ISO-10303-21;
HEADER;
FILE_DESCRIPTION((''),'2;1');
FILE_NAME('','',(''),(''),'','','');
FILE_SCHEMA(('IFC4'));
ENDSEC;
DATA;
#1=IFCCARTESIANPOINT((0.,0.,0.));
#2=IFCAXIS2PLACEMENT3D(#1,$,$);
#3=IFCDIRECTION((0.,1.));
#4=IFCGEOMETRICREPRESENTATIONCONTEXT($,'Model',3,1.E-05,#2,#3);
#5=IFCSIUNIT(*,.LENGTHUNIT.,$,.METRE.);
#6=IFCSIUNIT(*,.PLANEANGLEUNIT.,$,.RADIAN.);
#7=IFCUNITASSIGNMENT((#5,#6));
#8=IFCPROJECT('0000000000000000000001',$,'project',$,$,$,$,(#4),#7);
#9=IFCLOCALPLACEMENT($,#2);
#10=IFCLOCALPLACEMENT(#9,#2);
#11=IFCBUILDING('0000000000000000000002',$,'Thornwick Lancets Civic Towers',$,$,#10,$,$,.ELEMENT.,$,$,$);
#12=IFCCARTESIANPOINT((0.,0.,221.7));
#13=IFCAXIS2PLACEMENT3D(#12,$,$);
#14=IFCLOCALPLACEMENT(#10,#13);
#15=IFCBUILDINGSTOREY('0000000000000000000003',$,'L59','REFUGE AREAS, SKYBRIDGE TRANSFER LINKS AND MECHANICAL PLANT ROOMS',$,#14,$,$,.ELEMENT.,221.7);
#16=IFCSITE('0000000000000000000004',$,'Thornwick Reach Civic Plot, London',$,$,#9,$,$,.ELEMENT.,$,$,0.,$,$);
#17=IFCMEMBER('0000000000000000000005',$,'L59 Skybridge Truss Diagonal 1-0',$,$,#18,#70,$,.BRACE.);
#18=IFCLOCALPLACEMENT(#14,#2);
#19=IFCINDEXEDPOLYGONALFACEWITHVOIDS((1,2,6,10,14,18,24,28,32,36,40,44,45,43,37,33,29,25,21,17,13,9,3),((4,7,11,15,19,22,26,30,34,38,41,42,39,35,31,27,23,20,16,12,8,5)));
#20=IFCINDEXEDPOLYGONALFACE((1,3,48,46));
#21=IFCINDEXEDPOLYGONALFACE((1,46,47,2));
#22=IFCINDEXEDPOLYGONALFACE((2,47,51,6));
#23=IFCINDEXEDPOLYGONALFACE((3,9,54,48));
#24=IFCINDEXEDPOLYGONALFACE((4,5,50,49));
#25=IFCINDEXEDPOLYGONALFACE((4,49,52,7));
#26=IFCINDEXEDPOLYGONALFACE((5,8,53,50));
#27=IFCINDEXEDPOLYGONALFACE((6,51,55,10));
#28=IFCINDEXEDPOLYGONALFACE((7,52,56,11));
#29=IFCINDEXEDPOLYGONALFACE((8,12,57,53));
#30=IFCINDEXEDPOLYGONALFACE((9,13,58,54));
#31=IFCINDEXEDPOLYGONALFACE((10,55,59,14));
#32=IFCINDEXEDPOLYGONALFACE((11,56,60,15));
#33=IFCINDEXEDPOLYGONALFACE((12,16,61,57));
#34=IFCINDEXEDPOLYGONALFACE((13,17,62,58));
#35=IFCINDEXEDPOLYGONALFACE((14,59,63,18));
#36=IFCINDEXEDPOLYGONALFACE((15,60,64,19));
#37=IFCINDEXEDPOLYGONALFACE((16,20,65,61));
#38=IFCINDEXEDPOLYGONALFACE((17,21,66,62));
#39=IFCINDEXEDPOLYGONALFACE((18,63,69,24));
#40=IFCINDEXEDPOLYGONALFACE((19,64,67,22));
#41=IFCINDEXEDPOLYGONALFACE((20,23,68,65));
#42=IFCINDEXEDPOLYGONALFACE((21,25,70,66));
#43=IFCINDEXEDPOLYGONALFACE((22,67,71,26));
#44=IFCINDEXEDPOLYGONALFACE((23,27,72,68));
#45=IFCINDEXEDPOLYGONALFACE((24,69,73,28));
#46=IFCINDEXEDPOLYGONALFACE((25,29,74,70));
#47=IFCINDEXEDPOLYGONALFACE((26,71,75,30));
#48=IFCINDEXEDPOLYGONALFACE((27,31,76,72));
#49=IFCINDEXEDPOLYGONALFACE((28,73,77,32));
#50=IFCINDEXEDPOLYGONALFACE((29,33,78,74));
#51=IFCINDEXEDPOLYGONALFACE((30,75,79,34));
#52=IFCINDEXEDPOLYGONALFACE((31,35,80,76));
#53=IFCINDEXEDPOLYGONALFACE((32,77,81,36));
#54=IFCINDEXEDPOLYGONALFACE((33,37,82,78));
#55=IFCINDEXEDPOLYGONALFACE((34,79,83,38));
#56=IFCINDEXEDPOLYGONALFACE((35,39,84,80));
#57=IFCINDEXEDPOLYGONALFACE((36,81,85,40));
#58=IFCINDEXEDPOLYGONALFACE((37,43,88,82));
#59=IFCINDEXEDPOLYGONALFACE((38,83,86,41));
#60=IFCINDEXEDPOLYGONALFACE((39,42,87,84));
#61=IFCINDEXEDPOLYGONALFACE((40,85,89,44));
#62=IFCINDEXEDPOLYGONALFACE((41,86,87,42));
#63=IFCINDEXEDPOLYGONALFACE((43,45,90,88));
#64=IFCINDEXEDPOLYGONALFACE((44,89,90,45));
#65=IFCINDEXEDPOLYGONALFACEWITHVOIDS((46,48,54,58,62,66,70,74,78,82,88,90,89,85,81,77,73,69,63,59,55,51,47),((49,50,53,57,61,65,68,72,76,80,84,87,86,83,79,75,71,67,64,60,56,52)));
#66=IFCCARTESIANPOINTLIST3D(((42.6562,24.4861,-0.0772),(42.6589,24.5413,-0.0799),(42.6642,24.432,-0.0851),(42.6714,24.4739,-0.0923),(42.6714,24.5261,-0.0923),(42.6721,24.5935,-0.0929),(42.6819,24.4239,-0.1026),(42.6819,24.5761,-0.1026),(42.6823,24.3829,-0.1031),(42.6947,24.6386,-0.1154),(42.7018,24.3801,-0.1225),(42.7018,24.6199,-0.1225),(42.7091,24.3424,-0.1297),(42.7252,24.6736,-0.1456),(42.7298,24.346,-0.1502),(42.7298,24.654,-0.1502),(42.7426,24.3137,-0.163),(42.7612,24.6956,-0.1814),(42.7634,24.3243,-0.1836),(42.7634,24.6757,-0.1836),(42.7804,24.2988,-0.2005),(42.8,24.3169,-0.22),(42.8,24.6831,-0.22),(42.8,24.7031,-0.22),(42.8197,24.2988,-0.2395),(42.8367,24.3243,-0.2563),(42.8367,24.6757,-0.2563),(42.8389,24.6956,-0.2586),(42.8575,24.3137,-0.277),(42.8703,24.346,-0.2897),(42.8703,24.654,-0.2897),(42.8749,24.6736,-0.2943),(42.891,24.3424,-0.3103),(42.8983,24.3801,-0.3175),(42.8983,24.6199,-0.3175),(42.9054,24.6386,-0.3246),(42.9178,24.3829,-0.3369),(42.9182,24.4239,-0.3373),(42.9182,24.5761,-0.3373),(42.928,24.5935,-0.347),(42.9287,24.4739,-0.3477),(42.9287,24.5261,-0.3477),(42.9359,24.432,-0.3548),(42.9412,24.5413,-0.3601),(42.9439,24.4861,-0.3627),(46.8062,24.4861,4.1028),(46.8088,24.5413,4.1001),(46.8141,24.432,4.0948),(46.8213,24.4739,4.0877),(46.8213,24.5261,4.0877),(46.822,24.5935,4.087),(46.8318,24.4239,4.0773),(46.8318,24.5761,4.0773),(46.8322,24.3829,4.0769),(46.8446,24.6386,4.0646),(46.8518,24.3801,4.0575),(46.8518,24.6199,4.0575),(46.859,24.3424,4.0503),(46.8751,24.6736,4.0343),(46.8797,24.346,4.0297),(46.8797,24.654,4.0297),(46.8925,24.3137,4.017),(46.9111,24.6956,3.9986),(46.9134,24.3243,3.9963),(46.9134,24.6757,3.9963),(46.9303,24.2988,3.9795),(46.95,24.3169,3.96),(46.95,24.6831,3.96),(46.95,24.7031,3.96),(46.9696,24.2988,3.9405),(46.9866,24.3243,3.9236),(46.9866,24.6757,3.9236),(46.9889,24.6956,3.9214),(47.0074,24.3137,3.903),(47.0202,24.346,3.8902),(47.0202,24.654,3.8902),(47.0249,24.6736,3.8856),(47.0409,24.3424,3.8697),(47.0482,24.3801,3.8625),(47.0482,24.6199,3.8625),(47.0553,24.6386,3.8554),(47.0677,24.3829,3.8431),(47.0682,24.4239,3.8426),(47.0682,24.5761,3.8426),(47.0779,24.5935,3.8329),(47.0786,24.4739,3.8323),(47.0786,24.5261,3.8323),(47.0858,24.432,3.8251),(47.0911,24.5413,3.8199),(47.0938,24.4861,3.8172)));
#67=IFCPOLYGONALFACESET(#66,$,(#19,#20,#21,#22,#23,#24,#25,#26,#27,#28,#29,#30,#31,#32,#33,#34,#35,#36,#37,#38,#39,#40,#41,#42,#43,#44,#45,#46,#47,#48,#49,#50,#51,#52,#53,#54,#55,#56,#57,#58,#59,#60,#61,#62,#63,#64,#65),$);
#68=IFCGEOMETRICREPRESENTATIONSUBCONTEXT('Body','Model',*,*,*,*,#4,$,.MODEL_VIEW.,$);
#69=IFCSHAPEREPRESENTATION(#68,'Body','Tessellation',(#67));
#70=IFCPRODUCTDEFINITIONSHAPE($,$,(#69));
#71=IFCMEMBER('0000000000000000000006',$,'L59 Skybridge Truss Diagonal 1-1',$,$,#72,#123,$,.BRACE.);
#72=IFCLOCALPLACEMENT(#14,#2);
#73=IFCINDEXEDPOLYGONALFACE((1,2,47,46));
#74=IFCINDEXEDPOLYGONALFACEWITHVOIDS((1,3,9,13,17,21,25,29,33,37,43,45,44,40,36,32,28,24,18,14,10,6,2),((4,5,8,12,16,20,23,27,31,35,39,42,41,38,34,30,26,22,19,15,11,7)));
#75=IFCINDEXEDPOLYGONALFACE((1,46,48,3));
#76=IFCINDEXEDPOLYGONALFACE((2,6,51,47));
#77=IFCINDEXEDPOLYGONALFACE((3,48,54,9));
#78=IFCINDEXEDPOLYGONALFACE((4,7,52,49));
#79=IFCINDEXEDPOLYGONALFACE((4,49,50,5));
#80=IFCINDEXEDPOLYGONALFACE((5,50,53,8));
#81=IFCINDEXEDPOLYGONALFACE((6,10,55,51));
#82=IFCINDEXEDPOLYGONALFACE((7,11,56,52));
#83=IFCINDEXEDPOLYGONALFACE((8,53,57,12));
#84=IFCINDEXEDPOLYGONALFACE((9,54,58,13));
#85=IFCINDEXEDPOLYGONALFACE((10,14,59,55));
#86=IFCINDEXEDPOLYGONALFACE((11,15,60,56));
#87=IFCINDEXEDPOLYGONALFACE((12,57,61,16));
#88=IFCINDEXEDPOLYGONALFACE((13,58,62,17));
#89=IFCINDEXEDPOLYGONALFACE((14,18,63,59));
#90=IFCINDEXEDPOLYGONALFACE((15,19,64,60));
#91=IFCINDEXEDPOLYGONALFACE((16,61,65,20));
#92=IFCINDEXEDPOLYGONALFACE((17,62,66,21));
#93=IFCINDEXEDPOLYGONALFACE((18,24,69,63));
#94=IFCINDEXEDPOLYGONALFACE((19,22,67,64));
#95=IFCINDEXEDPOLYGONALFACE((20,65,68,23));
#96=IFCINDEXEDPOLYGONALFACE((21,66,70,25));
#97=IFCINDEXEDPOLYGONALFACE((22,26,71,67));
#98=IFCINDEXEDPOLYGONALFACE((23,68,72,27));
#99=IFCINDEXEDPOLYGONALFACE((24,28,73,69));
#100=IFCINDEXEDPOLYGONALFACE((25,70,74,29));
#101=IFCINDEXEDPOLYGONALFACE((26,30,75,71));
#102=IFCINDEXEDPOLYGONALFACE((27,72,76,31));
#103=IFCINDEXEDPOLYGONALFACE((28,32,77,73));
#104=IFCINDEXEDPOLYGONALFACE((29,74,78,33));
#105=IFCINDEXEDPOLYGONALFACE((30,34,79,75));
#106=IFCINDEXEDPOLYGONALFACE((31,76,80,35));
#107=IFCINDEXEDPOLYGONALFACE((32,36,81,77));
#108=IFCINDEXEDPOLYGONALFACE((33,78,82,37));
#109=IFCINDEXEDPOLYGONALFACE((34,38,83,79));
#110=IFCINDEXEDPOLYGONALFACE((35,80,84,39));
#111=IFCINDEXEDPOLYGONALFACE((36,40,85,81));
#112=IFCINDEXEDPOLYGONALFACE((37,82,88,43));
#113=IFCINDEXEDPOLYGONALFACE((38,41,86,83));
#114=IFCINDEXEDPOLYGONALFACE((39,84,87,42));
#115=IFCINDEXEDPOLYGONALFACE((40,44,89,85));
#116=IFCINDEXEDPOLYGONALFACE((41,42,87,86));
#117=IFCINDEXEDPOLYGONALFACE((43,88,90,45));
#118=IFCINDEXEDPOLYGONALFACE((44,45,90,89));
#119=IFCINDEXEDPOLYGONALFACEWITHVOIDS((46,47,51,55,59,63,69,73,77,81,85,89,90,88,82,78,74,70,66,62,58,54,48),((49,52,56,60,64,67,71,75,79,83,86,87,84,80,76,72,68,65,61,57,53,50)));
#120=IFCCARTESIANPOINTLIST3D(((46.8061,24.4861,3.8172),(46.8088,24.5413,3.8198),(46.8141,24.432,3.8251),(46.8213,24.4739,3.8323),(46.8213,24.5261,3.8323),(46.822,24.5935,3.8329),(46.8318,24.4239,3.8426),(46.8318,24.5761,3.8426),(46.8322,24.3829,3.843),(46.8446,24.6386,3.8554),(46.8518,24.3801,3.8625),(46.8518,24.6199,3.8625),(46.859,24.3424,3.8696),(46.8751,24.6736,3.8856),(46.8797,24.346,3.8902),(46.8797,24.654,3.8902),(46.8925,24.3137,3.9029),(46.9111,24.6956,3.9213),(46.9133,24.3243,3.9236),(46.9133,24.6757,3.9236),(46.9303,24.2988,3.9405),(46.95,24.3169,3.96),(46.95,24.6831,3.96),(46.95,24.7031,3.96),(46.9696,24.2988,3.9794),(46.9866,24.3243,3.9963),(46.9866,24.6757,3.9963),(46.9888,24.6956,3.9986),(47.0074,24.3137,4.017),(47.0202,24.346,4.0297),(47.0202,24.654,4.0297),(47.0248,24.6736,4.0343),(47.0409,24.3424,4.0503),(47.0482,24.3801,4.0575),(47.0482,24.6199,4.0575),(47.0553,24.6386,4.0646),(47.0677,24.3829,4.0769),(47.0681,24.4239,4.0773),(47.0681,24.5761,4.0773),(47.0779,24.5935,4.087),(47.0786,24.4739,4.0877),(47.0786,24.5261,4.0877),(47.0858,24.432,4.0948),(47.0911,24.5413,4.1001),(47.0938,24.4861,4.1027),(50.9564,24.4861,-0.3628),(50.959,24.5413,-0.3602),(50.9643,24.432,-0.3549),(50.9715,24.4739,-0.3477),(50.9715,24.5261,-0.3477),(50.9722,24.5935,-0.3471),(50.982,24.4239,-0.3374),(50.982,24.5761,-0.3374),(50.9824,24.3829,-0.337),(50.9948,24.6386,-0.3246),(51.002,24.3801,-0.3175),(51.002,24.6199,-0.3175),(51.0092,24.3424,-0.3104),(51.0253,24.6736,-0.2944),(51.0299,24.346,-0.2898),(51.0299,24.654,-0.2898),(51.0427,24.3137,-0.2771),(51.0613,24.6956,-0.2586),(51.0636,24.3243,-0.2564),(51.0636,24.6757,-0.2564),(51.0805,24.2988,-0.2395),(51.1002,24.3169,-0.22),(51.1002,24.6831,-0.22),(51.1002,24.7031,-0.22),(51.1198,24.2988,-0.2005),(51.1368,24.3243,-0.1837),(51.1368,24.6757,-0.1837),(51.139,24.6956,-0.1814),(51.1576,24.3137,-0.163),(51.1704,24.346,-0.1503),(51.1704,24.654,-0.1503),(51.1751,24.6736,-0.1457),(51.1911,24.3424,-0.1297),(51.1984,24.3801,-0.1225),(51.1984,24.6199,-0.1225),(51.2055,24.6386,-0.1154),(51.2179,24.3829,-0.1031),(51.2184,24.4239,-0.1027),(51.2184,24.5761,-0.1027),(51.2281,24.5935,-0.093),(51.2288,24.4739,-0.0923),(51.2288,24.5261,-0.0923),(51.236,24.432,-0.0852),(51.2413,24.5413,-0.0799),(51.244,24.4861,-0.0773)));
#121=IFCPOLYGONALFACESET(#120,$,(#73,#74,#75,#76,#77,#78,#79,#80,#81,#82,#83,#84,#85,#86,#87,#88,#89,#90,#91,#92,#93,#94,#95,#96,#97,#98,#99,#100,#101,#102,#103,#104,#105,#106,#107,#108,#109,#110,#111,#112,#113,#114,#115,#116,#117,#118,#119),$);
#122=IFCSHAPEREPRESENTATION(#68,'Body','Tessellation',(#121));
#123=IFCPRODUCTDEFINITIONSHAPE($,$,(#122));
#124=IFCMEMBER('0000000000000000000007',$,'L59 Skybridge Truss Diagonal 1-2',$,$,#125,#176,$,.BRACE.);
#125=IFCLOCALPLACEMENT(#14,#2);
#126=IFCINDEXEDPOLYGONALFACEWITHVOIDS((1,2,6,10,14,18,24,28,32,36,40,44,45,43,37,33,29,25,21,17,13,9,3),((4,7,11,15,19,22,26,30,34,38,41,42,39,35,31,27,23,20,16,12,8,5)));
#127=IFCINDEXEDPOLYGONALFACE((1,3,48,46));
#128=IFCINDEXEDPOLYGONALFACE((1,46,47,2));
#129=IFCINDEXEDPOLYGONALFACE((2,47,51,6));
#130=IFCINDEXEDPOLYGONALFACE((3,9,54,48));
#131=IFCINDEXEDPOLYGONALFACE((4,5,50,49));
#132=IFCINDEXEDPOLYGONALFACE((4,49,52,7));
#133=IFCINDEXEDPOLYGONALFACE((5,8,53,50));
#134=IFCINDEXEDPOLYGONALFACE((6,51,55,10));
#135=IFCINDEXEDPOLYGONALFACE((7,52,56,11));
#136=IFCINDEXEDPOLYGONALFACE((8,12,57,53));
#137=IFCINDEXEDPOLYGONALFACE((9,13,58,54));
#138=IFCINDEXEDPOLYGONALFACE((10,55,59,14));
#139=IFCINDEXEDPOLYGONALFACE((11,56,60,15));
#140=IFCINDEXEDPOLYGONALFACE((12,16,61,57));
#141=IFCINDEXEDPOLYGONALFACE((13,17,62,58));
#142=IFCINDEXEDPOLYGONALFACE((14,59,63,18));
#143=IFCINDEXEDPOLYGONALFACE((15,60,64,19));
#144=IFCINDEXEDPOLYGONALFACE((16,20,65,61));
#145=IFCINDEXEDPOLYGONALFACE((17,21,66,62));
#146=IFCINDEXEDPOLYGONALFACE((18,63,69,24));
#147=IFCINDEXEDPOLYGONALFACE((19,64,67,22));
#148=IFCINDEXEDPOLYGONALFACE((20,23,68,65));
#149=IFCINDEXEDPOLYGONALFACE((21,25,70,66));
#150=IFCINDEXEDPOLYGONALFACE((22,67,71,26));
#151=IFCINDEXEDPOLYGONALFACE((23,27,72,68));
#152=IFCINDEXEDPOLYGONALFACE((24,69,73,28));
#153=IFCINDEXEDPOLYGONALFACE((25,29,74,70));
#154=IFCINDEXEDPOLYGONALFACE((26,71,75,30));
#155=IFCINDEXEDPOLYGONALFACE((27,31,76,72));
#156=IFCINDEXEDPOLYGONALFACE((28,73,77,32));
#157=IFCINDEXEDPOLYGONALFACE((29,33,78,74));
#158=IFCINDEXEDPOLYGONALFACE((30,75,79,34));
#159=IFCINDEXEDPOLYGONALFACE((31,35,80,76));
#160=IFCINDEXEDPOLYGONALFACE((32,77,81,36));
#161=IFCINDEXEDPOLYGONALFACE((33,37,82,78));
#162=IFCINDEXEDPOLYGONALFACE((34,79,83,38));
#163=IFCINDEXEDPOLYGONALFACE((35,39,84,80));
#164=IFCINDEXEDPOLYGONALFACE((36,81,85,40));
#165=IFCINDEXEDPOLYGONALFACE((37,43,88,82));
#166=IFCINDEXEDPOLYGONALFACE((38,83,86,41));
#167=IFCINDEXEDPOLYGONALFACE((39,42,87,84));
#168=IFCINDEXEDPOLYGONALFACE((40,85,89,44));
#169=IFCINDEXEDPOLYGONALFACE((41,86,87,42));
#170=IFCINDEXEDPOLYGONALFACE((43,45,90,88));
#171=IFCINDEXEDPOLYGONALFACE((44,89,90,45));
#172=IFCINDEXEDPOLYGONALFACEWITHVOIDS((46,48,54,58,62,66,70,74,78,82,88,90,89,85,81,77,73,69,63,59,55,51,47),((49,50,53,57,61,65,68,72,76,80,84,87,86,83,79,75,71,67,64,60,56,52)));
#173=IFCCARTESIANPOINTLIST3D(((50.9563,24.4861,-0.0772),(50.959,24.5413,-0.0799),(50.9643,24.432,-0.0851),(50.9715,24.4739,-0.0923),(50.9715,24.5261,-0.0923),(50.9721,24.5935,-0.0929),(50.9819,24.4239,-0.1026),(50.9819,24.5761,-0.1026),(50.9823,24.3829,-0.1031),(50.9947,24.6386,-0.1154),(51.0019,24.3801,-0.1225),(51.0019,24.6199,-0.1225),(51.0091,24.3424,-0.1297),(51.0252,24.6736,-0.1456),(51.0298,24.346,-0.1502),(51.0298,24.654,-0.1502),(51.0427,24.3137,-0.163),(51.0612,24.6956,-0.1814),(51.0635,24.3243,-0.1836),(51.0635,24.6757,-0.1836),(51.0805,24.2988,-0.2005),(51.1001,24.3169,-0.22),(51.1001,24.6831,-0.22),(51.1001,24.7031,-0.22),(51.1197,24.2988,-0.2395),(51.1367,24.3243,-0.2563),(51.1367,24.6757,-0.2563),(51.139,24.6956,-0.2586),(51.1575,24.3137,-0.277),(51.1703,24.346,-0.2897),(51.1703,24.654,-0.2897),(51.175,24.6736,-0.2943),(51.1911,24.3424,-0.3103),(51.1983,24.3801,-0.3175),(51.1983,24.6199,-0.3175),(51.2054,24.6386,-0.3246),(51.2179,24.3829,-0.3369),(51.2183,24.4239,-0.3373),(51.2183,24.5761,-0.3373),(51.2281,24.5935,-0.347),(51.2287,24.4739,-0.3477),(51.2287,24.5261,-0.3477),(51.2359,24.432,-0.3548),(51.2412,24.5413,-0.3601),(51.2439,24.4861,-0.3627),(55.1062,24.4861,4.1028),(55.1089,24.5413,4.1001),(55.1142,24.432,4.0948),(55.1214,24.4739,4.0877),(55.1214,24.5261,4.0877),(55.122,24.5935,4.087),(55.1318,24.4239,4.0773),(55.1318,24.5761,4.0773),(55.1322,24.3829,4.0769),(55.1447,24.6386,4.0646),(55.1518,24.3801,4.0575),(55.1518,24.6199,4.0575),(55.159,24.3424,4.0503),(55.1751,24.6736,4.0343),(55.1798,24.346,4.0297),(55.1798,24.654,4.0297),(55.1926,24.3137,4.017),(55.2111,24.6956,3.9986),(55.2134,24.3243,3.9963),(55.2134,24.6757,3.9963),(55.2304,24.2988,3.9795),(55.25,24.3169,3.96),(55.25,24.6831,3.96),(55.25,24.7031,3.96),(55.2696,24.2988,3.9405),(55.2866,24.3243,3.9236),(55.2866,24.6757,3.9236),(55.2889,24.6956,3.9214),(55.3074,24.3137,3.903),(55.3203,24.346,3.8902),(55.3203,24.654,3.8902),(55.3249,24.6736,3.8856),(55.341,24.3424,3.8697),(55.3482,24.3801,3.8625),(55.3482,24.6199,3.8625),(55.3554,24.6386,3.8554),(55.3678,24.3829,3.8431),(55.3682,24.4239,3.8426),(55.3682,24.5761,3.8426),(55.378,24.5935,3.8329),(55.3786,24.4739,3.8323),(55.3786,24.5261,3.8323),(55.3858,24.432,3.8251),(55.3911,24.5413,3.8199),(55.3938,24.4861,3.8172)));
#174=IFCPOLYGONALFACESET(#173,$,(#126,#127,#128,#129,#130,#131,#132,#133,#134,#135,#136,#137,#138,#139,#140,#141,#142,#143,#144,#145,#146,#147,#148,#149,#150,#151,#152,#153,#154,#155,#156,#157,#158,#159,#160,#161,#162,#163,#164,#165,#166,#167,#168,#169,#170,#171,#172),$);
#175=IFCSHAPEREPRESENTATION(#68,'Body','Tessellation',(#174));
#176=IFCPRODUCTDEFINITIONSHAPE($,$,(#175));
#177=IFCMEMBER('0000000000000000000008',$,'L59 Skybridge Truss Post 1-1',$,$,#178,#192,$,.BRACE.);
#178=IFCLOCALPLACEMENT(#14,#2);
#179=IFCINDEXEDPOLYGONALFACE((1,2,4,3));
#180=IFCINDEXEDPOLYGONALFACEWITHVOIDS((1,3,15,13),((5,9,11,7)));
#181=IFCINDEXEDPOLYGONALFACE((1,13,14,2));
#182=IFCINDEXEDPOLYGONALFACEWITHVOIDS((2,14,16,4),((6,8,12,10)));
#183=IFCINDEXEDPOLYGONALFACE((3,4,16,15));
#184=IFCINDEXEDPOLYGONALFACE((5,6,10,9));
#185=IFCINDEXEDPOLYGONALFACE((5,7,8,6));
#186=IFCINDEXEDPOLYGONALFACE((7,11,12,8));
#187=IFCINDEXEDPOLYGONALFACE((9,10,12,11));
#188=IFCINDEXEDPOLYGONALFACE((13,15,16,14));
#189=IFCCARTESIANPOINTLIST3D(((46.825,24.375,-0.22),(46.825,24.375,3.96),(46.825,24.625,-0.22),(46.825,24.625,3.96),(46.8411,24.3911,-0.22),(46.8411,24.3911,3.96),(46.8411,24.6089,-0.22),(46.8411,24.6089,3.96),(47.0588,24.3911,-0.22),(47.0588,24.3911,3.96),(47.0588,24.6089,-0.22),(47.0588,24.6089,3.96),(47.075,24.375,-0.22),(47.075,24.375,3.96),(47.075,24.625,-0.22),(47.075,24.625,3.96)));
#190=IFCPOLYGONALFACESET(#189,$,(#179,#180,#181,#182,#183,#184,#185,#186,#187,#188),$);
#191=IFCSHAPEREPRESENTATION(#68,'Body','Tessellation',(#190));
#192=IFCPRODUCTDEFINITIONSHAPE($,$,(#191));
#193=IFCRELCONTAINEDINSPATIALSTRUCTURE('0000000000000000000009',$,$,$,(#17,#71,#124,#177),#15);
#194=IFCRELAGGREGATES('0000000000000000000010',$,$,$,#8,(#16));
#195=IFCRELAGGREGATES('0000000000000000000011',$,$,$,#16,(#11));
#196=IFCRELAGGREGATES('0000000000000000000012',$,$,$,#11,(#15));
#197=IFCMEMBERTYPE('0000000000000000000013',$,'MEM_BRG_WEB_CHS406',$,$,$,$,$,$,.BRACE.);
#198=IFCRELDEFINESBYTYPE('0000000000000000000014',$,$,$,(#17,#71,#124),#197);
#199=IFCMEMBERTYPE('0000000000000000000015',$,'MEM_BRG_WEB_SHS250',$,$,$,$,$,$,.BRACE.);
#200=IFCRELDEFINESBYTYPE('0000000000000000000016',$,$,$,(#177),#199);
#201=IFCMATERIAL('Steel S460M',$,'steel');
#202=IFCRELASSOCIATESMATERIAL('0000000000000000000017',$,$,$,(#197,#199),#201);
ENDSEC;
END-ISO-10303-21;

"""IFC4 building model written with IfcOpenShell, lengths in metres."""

from ifc_helpers import new_model, si_unit, direction, frame, origin, origin_2d, place, context, subcontext, project, spatial, hollow_rectangle, hollow_circle, extrude, material, material_profile, profile_set, type_object, element, save


model = new_model("IFC4")

# Units and contexts
model_context = context("Model", 3, precision=1e-05, world=origin(), true_north=direction((0.0, 1.0)))
body_context = subcontext(model_context, "Body", "Model", "MODEL_VIEW")
ifc_project = project(units=[si_unit("LENGTHUNIT", "METRE"), si_unit("PLANEANGLEUNIT", "RADIAN")], contexts=[model_context])

# Site, building, storey
site_placement = place(None, origin())
site = spatial("IfcSite", under=ifc_project, at=site_placement, Name="Thornwick Reach Civic Plot, London", CompositionType="ELEMENT", RefElevation=0.0)
building_placement = place(site_placement, origin())
building = spatial("IfcBuilding", under=site, at=building_placement, Name="Thornwick Lancets Civic Towers", CompositionType="ELEMENT")
storey_placement = place(building_placement, frame((0.0, 0.0, 221.7)))
storey = spatial("IfcBuildingStorey", under=building, at=storey_placement, Name="L59", Description="REFUGE AREAS, SKYBRIDGE TRANSFER LINKS AND MECHANICAL PLANT ROOMS", CompositionType="ELEMENT", Elevation=221.7)

# Members
ifc_material_1 = material(Name="Steel S460M", Category="steel")
ifc_material_profile_1 = material_profile(ifc_material_1, hollow_circle(Radius=0.2031, WallThickness=0.02, at=origin_2d()), Name="CHS 406.4x20")
ifc_profile_set_1 = profile_set([ifc_material_profile_1], Name="Steel S460M")
member_type_1 = type_object("IfcMemberType", Name="MEM_BRG_WEB_CHS406", PredefinedType="BRACE", material=ifc_profile_set_1)
member_1_placement = place(storey_placement, frame((42.8, 24.5, -0.22), z_axis=(0.704553, 0.0, 0.709651), x_axis=(0.0, 1.0, 0.0)))
element("IfcMember", 1, at=member_1_placement, inside=storey, type_object=member_type_1, Name="L59 Skybridge Truss Diagonal 1-0", PredefinedType="BRACE", context=body_context, shape_type="SweptSolid", body=[
    extrude(hollow_circle(Radius=0.2031, WallThickness=0.02, at=origin_2d()), origin(), (0.0, 0.0, 1.0), 5.8901),
])
member_2_placement = place(storey_placement, frame((46.95, 24.5, 3.96), z_axis=(0.704574, 0.0, -0.709631), x_axis=(0.0, 1.0, 0.0)))
element("IfcMember", 2, at=member_2_placement, inside=storey, type_object=member_type_1, Name="L59 Skybridge Truss Diagonal 1-1", PredefinedType="BRACE", context=body_context, shape_type="SweptSolid", body=[
    extrude(hollow_circle(Radius=0.2031, WallThickness=0.02, at=origin_2d()), origin(), (0.0, 0.0, 1.0), 5.8904),
])
member_3_placement = place(storey_placement, frame((51.1001, 24.5, -0.22), z_axis=(0.704553, 0.0, 0.709651), x_axis=(0.0, 1.0, 0.0)))
element("IfcMember", 3, at=member_3_placement, inside=storey, type_object=member_type_1, Name="L59 Skybridge Truss Diagonal 1-2", PredefinedType="BRACE", context=body_context, shape_type="SweptSolid", body=[
    extrude(hollow_circle(Radius=0.2031, WallThickness=0.02, at=origin_2d()), origin(), (0.0, 0.0, 1.0), 5.8901),
])
ifc_material_profile_2 = material_profile(ifc_material_1, hollow_rectangle(XDim=0.25, YDim=0.25, WallThickness=0.0161, at=origin_2d()), Name="SHS 250x250x16")
ifc_profile_set_2 = profile_set([ifc_material_profile_2], Name="Steel S460M")
member_type_2 = type_object("IfcMemberType", Name="MEM_BRG_WEB_SHS250", PredefinedType="BRACE", material=ifc_profile_set_2)
for number, where, z_axis, x_axis, name in (
    (4, (46.95, 24.5, -0.22), (0.0, 0.0, 1.0), (1.0, 0.0, 0.0), "L59 Skybridge Truss Post 1-1"),
):
    element("IfcMember", number, at=place(storey_placement, frame(where, z_axis=z_axis, x_axis=x_axis)), inside=storey, type_object=member_type_2, Name=name, PredefinedType="BRACE", context=body_context, shape_type="SweptSolid", body=[
        extrude(hollow_rectangle(XDim=0.25, YDim=0.25, WallThickness=0.0161, at=origin_2d()), origin(), (0.0, 0.0, 1.0), 4.1799),
    ])

save(model, "model.ifc")
